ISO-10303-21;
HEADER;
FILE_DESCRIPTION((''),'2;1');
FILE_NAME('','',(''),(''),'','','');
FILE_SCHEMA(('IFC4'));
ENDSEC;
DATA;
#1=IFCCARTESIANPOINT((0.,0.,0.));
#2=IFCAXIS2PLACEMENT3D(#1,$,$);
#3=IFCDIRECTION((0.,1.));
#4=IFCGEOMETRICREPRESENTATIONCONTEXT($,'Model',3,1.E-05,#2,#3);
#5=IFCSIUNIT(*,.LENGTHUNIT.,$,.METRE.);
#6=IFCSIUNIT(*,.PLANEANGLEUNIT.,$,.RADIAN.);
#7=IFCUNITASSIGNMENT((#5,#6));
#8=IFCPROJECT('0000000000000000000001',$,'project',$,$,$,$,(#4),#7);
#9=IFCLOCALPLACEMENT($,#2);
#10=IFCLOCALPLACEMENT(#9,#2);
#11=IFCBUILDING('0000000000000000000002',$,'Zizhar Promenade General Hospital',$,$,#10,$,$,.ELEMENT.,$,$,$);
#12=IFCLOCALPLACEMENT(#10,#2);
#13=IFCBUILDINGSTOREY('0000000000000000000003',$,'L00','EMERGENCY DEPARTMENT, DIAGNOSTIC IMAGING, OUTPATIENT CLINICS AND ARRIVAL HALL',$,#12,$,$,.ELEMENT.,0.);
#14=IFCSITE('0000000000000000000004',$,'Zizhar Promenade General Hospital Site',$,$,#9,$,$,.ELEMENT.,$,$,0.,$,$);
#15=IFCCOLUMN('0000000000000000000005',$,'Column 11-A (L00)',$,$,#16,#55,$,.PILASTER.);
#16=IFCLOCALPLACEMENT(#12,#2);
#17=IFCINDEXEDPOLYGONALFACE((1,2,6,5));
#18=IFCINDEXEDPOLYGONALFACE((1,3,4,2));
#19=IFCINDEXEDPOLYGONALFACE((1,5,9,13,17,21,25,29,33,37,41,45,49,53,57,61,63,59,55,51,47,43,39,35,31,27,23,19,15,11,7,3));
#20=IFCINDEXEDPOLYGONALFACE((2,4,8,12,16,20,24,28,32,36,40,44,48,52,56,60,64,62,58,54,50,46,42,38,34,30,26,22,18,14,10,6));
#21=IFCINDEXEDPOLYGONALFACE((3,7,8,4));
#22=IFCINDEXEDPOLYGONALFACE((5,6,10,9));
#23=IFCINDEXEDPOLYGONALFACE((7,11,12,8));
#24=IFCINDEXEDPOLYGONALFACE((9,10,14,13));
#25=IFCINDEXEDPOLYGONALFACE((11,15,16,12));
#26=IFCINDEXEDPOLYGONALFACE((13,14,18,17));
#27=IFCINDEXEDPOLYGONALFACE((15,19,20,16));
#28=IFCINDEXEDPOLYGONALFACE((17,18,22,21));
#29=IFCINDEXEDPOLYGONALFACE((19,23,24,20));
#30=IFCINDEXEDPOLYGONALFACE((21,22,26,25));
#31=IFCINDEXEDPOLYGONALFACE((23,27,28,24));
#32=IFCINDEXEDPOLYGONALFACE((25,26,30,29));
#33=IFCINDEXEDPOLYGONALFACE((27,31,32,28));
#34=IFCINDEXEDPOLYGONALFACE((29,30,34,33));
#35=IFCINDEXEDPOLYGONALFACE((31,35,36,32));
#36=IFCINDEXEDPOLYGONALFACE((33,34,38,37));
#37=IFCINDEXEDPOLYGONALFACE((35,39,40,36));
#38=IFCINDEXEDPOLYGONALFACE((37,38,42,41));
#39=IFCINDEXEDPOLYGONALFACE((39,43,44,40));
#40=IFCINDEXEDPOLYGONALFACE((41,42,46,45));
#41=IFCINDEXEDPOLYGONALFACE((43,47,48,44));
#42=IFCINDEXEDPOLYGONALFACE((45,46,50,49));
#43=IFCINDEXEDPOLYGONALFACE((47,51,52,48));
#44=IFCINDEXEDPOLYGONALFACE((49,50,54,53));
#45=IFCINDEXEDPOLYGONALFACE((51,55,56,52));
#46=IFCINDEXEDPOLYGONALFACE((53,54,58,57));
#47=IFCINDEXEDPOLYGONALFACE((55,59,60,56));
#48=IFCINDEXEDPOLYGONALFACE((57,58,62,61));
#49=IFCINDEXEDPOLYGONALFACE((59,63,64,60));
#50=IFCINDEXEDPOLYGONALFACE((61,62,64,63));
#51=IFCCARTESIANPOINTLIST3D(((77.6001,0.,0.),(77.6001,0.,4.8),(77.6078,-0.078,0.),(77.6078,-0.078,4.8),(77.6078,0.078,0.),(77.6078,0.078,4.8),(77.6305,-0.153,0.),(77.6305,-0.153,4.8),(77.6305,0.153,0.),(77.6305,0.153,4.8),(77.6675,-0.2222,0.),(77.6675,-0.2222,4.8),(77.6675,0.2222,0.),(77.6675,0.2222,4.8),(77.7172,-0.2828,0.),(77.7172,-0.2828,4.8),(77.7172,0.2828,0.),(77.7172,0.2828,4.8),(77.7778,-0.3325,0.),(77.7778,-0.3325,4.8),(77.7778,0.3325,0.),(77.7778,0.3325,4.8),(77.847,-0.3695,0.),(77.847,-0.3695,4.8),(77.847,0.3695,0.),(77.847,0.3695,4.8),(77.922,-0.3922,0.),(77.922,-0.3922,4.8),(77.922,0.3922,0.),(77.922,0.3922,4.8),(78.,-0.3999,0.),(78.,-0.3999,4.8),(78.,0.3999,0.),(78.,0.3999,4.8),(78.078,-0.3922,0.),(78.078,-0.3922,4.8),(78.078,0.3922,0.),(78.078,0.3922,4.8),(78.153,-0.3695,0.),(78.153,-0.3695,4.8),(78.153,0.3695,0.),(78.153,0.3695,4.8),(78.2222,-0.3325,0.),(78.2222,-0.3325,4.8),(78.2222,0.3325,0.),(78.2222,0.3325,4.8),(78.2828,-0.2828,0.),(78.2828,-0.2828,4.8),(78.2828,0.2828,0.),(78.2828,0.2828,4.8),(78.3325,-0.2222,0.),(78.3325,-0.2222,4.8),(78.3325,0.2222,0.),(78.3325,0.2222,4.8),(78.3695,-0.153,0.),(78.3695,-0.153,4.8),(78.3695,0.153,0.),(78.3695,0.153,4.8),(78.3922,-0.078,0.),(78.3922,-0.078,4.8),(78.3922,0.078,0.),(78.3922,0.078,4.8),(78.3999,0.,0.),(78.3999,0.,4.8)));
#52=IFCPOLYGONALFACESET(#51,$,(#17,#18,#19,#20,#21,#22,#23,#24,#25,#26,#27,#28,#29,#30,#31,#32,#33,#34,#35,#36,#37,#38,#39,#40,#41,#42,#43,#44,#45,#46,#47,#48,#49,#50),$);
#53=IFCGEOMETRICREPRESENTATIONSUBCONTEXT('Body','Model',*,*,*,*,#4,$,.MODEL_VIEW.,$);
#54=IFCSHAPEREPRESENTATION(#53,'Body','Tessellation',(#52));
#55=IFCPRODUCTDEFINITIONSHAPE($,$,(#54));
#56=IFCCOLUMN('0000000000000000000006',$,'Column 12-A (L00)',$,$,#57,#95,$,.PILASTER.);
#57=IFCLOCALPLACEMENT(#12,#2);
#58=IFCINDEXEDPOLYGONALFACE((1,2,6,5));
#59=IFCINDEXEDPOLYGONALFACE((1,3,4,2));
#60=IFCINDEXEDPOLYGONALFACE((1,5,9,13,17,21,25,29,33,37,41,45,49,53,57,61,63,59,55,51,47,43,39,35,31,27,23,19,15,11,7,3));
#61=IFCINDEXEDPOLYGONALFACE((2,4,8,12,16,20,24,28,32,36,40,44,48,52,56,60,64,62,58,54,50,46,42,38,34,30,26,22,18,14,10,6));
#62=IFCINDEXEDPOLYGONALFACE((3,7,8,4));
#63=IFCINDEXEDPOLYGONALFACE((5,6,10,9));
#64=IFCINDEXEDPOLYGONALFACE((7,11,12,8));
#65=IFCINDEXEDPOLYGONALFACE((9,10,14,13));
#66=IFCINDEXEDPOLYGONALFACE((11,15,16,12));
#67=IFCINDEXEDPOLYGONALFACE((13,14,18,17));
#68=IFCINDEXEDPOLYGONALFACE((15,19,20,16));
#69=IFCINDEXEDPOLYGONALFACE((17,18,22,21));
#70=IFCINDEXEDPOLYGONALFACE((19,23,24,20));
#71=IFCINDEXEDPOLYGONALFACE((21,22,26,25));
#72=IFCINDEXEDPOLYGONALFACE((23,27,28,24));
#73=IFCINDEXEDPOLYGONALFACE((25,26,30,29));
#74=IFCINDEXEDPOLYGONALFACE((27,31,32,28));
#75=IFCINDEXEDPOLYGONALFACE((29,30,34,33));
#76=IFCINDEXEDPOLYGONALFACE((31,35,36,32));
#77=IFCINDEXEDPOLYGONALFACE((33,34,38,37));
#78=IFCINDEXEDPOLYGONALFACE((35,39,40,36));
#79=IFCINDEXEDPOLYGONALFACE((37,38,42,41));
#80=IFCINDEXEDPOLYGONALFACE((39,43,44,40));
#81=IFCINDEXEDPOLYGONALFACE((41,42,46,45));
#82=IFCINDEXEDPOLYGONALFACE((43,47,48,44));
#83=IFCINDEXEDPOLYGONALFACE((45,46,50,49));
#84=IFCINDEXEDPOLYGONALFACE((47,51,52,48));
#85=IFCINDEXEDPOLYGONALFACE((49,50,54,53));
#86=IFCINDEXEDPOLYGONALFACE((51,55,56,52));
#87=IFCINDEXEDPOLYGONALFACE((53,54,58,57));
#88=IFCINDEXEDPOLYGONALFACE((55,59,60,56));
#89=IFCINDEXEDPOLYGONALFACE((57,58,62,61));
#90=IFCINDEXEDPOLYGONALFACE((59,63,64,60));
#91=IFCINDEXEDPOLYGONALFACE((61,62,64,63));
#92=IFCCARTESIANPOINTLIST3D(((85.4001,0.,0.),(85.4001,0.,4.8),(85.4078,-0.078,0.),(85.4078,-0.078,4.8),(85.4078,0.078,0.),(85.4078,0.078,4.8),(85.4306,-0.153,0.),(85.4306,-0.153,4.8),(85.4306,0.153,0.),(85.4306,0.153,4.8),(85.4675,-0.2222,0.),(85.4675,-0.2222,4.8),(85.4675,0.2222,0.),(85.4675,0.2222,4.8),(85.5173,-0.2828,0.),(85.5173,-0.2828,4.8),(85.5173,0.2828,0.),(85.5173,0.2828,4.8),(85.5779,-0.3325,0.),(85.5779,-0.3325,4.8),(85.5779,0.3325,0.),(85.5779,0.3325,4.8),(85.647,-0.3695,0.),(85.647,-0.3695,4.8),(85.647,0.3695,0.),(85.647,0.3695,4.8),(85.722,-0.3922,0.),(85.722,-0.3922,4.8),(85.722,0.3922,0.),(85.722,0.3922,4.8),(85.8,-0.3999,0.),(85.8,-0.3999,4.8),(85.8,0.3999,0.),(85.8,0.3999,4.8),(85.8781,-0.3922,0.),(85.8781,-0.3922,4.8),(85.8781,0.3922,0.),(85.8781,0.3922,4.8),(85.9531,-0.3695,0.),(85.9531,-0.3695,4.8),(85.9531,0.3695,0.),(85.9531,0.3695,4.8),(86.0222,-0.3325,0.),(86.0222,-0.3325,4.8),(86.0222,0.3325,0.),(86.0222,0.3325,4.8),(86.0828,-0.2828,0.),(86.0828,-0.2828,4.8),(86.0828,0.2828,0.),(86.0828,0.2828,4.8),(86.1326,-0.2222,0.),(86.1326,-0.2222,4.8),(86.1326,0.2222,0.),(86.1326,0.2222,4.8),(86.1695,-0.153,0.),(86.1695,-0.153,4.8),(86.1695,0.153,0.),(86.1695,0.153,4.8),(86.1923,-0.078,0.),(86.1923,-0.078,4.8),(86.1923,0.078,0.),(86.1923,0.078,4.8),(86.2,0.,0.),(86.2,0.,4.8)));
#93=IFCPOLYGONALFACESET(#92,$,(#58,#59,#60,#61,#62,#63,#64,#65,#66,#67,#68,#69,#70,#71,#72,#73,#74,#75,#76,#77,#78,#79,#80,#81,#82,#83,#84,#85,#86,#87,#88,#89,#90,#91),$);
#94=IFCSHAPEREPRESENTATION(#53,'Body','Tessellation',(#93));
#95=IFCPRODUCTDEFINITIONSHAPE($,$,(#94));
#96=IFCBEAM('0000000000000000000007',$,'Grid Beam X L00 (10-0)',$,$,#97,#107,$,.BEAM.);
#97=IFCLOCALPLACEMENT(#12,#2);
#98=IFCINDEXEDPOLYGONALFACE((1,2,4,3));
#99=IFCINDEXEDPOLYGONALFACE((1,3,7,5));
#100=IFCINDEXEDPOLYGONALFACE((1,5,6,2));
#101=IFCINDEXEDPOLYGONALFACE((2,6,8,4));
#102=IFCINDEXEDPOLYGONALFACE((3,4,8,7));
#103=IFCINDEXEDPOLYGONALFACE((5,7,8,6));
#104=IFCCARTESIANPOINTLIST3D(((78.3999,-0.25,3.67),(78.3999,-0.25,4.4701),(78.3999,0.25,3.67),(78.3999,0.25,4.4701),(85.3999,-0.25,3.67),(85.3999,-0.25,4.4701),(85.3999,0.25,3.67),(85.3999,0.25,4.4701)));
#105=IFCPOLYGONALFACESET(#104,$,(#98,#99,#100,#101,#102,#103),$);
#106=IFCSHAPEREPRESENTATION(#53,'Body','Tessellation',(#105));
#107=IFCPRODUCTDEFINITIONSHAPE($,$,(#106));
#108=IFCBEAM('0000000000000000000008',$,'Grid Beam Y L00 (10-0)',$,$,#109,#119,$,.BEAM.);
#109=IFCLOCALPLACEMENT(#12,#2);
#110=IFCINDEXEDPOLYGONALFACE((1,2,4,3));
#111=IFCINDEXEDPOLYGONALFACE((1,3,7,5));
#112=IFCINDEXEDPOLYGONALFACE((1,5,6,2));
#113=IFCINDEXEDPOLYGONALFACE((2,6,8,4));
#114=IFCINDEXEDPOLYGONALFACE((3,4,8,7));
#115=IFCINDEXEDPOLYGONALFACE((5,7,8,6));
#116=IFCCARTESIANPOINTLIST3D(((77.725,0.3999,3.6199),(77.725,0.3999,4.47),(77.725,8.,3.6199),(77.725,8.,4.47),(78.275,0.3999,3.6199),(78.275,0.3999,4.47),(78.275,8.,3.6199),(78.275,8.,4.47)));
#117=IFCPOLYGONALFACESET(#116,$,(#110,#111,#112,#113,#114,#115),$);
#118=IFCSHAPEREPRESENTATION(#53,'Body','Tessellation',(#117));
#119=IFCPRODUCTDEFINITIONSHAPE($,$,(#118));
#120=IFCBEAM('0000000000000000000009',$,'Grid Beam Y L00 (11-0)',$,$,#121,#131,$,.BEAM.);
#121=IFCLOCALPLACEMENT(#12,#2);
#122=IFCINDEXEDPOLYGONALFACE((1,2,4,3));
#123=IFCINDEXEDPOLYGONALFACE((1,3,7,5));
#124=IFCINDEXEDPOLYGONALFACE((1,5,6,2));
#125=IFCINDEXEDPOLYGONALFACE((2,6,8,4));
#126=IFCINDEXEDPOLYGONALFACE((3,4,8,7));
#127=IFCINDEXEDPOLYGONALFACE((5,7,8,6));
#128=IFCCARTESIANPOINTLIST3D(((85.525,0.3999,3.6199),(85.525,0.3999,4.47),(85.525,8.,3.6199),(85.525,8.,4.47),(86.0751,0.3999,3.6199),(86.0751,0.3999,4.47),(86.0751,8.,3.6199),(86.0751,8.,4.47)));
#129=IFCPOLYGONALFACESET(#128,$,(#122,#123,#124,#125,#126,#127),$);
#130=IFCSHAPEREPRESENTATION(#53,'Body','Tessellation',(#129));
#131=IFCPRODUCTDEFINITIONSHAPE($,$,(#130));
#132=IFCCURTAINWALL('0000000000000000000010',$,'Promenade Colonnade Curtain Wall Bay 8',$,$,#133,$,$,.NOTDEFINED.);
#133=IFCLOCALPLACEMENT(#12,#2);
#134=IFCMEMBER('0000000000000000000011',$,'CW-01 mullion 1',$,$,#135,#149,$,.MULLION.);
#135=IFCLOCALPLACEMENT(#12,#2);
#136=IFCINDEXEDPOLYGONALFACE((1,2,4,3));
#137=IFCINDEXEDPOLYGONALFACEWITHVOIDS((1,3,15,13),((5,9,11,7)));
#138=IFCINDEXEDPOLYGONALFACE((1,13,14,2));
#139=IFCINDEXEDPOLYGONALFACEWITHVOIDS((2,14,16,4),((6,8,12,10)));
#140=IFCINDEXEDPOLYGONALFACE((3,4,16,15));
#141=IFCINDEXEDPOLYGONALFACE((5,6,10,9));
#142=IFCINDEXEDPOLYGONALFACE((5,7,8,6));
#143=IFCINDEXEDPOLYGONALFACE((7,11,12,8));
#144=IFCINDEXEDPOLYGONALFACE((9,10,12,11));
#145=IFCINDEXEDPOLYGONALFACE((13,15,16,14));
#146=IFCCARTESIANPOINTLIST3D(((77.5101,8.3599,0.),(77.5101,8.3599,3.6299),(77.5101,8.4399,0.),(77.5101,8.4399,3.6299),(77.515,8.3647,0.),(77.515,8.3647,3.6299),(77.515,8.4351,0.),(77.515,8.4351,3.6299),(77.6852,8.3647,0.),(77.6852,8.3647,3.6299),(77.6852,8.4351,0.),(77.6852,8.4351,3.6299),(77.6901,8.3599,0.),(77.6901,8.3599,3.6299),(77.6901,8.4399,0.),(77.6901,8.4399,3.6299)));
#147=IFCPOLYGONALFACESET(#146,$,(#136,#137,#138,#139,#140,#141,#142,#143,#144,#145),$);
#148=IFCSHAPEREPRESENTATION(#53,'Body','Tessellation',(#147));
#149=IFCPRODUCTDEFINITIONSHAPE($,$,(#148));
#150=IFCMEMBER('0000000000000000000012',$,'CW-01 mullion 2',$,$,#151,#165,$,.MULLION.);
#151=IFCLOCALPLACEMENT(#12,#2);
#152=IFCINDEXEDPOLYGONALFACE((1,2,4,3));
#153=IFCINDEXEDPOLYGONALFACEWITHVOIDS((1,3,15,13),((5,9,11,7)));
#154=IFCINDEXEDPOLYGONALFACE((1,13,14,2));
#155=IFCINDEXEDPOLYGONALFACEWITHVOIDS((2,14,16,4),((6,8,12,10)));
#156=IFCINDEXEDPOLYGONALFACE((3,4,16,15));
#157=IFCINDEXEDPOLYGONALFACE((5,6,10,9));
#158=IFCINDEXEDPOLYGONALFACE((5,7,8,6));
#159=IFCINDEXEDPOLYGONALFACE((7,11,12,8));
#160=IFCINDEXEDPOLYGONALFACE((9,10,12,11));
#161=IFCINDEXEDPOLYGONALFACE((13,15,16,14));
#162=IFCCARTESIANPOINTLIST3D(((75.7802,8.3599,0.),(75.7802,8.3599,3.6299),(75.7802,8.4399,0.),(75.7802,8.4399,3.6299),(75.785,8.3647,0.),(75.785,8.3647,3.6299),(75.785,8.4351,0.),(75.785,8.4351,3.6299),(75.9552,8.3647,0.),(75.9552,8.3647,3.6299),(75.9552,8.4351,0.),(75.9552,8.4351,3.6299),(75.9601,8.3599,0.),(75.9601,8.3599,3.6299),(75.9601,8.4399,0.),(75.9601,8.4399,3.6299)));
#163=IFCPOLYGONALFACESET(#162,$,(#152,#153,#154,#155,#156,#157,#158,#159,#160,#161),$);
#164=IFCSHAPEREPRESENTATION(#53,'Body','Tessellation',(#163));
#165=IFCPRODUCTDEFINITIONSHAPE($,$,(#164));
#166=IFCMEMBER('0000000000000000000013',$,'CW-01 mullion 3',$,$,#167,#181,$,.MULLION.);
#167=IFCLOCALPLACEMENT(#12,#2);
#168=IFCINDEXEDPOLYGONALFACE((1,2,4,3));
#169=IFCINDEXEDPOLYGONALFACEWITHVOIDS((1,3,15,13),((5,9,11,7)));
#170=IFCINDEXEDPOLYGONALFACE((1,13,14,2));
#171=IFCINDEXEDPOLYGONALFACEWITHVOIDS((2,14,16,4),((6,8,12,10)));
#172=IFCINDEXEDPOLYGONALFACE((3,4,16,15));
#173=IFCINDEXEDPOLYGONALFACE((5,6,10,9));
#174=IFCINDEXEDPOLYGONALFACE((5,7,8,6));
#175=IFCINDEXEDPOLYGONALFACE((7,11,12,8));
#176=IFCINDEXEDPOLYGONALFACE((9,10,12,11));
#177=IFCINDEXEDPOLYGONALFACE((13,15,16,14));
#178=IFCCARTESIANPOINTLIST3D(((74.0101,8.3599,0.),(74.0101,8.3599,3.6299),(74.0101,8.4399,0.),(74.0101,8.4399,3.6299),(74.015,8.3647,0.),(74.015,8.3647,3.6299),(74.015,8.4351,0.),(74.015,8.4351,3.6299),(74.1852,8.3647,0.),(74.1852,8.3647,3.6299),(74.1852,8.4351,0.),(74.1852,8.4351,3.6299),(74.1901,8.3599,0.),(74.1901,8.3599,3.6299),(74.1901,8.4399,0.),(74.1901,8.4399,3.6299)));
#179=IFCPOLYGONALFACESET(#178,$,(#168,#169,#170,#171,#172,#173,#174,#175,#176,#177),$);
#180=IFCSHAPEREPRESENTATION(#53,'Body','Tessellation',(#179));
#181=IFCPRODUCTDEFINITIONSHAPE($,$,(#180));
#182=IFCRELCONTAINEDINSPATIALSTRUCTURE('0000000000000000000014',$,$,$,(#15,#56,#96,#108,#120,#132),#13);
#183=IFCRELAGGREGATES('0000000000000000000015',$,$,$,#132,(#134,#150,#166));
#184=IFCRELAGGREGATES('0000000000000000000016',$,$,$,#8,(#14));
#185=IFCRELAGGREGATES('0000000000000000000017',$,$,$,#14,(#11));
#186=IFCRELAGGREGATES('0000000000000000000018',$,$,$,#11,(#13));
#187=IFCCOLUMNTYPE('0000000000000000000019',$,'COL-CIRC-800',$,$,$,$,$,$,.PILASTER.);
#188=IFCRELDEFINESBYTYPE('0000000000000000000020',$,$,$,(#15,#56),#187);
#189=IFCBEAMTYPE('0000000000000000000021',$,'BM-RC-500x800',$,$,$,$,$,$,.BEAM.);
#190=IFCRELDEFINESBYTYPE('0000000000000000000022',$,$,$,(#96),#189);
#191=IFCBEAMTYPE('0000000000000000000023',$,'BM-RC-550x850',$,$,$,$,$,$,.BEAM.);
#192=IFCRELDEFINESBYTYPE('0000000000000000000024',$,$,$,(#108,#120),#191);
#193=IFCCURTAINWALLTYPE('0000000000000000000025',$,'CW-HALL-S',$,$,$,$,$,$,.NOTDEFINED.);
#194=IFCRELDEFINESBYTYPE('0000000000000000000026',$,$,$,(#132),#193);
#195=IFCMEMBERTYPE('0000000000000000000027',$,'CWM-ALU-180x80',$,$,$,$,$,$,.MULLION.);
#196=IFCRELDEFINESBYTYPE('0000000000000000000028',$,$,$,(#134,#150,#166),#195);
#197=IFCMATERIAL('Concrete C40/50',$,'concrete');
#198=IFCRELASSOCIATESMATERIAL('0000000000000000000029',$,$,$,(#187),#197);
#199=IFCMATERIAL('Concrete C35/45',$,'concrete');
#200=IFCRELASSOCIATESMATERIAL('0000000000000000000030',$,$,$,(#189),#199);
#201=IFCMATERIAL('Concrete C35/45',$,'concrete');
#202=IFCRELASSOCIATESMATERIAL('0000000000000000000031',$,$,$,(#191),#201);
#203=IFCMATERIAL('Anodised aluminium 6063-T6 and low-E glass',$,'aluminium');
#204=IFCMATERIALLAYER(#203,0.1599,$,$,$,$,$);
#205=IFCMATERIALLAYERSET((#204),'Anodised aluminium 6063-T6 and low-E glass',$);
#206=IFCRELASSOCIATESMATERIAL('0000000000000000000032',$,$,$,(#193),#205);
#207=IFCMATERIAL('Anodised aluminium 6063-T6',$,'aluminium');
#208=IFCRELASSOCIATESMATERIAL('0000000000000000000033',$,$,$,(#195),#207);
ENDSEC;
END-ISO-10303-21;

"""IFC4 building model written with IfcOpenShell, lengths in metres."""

from ifc_helpers import new_model, si_unit, direction, frame, origin, origin_2d, place, context, subcontext, project, spatial, rectangle, hollow_rectangle, circle, extrude, material, layer, layer_set, material_profile, profile_set, type_object, element, aggregate, save


model = new_model("IFC4")

# Units and contexts
model_context = context("Model", 3, precision=1e-05, world=origin(), true_north=direction((0.0, 1.0)))
body_context = subcontext(model_context, "Body", "Model", "MODEL_VIEW")
ifc_project = project(units=[si_unit("LENGTHUNIT", "METRE"), si_unit("PLANEANGLEUNIT", "RADIAN")], contexts=[model_context])

# Site, building, storey
site_placement = place(None, origin())
site = spatial("IfcSite", under=ifc_project, at=site_placement, Name="Zizhar Promenade General Hospital Site", CompositionType="ELEMENT", RefElevation=0.0)
building_placement = place(site_placement, origin())
building = spatial("IfcBuilding", under=site, at=building_placement, Name="Zizhar Promenade General Hospital", CompositionType="ELEMENT")
storey_placement = place(building_placement, origin())
storey = spatial("IfcBuildingStorey", under=building, at=storey_placement, Name="L00", Description="EMERGENCY DEPARTMENT, DIAGNOSTIC IMAGING, OUTPATIENT CLINICS AND ARRIVAL HALL", CompositionType="ELEMENT", Elevation=0.0)

# Columns
ifc_material_1 = material(Name="Concrete C40/50", Category="concrete")
ifc_material_profile_1 = material_profile(ifc_material_1, circle(Radius=0.3999, at=origin_2d()))
ifc_profile_set_1 = profile_set([ifc_material_profile_1], Name="Concrete C40/50")
column_type = type_object("IfcColumnType", Name="COL-CIRC-800", PredefinedType="PILASTER", material=ifc_profile_set_1)
for number, where, z_axis, x_axis, name in (
    (1, (78.0, 0.0, 0.0), (0.0, 0.0, 1.0), (1.0, 0.0, 0.0), "Column 11-A (L00)"),
    (2, (85.8, 0.0, 0.0), (0.0, 0.0, 1.0), (1.0, 0.0, 0.0), "Column 12-A (L00)"),
):
    element("IfcColumn", number, at=place(storey_placement, frame(where, z_axis=z_axis, x_axis=x_axis)), inside=storey, type_object=column_type, Name=name, PredefinedType="PILASTER", context=body_context, shape_type="SweptSolid", body=[
        extrude(circle(Radius=0.3999, at=origin_2d()), origin(), (0.0, 0.0, 1.0), 4.8),
    ])

# Beams
ifc_material_2 = material(Name="Concrete C35/45", Category="concrete")
ifc_material_profile_2 = material_profile(ifc_material_2, rectangle(XDim=0.5, YDim=0.8, at=origin_2d()))
ifc_profile_set_2 = profile_set([ifc_material_profile_2], Name="Concrete C35/45")
beam_type_1 = type_object("IfcBeamType", Name="BM-RC-500x800", PredefinedType="BEAM", material=ifc_profile_set_2)
beam_placement = place(storey_placement, frame((78.3999, 0.0, 4.0701), z_axis=(1.0, 0.0, 0.0), x_axis=(0.0, 1.0, 0.0)))
element("IfcBeam", 3, at=beam_placement, inside=storey, type_object=beam_type_1, Name="Grid Beam X L00 (10-0)", PredefinedType="BEAM", context=body_context, shape_type="SweptSolid", body=[
    extrude(rectangle(XDim=0.5, YDim=0.8, at=origin_2d()), origin(), (0.0, 0.0, 1.0), 7.0),
])
ifc_material_3 = material(Name="Concrete C35/45", Category="concrete")
ifc_material_profile_3 = material_profile(ifc_material_3, rectangle(XDim=0.55, YDim=0.8501, at=origin_2d()))
ifc_profile_set_3 = profile_set([ifc_material_profile_3], Name="Concrete C35/45")
beam_type_2 = type_object("IfcBeamType", Name="BM-RC-550x850", PredefinedType="BEAM", material=ifc_profile_set_3)
for number, where, z_axis, x_axis, name in (
    (4, (78.0, 0.3999, 4.0449), (0.0, 1.0, 0.0), (-1.0, 0.0, 0.0), "Grid Beam Y L00 (10-0)"),
    (5, (85.8, 0.3999, 4.0449), (0.0, 1.0, 0.0), (-1.0, 0.0, 0.0), "Grid Beam Y L00 (11-0)"),
):
    element("IfcBeam", number, at=place(storey_placement, frame(where, z_axis=z_axis, x_axis=x_axis)), inside=storey, type_object=beam_type_2, Name=name, PredefinedType="BEAM", context=body_context, shape_type="SweptSolid", body=[
        extrude(rectangle(XDim=0.55, YDim=0.8501, at=origin_2d()), origin(), (0.0, 0.0, 1.0), 7.6001),
    ])

# Curtain wall, members
ifc_material_4 = material(Name="Anodised aluminium 6063-T6 and low-E glass", Category="aluminium")
ifc_layer_1 = layer(ifc_material_4, 0.1599)
ifc_layer_set_1 = layer_set([ifc_layer_1], Name="Anodised aluminium 6063-T6 and low-E glass")
curtain_wall_type = type_object("IfcCurtainWallType", Name="CW-HALL-S", PredefinedType="NOTDEFINED", material=ifc_layer_set_1)
curtain_wall_placement = place(storey_placement, origin())
curtain_wall = element("IfcCurtainWall", 6, at=curtain_wall_placement, inside=storey, type_object=curtain_wall_type, Name="Promenade Colonnade Curtain Wall Bay 8", PredefinedType="NOTDEFINED")
ifc_material_5 = material(Name="Anodised aluminium 6063-T6", Category="aluminium")
ifc_material_profile_4 = material_profile(ifc_material_5, hollow_rectangle(XDim=0.0801, YDim=0.1799, WallThickness=0.0049, at=origin_2d()))
ifc_profile_set_4 = profile_set([ifc_material_profile_4], Name="Anodised aluminium 6063-T6")
member_type_1 = type_object("IfcMemberType", Name="CWM-ALU-180x80", PredefinedType="MULLION", material=ifc_profile_set_4)
member_1_placement = place(storey_placement, frame((77.6001, 8.3999, 0.0), z_axis=(0.0, 0.0, 1.0), x_axis=(0.0, -1.0, 0.0)))
member_1 = element("IfcMember", 7, at=member_1_placement, type_object=member_type_1, Name="CW-01 mullion 1", PredefinedType="MULLION", context=body_context, shape_type="SweptSolid", body=[
    extrude(hollow_rectangle(XDim=0.0801, YDim=0.1799, WallThickness=0.0049, at=origin_2d()), origin(), (0.0, 0.0, 1.0), 3.6299),
])
member_2_placement = place(storey_placement, frame((75.8701, 8.3999, 0.0), z_axis=(0.0, 0.0, 1.0), x_axis=(0.0, -1.0, 0.0)))
member_2 = element("IfcMember", 8, at=member_2_placement, type_object=member_type_1, Name="CW-01 mullion 2", PredefinedType="MULLION", context=body_context, shape_type="SweptSolid", body=[
    extrude(hollow_rectangle(XDim=0.0801, YDim=0.1799, WallThickness=0.0049, at=origin_2d()), origin(), (0.0, 0.0, 1.0), 3.6299),
])
member_3_placement = place(storey_placement, frame((74.1001, 8.3999, 0.0), z_axis=(0.0, 0.0, 1.0), x_axis=(0.0, -1.0, 0.0)))
member_3 = element("IfcMember", 9, at=member_3_placement, type_object=member_type_1, Name="CW-01 mullion 3", PredefinedType="MULLION", context=body_context, shape_type="SweptSolid", body=[
    extrude(hollow_rectangle(XDim=0.0801, YDim=0.1799, WallThickness=0.0049, at=origin_2d()), origin(), (0.0, 0.0, 1.0), 3.6299),
])
aggregate(curtain_wall, [member_1, member_2, member_3])

save(model, "model.ifc")
